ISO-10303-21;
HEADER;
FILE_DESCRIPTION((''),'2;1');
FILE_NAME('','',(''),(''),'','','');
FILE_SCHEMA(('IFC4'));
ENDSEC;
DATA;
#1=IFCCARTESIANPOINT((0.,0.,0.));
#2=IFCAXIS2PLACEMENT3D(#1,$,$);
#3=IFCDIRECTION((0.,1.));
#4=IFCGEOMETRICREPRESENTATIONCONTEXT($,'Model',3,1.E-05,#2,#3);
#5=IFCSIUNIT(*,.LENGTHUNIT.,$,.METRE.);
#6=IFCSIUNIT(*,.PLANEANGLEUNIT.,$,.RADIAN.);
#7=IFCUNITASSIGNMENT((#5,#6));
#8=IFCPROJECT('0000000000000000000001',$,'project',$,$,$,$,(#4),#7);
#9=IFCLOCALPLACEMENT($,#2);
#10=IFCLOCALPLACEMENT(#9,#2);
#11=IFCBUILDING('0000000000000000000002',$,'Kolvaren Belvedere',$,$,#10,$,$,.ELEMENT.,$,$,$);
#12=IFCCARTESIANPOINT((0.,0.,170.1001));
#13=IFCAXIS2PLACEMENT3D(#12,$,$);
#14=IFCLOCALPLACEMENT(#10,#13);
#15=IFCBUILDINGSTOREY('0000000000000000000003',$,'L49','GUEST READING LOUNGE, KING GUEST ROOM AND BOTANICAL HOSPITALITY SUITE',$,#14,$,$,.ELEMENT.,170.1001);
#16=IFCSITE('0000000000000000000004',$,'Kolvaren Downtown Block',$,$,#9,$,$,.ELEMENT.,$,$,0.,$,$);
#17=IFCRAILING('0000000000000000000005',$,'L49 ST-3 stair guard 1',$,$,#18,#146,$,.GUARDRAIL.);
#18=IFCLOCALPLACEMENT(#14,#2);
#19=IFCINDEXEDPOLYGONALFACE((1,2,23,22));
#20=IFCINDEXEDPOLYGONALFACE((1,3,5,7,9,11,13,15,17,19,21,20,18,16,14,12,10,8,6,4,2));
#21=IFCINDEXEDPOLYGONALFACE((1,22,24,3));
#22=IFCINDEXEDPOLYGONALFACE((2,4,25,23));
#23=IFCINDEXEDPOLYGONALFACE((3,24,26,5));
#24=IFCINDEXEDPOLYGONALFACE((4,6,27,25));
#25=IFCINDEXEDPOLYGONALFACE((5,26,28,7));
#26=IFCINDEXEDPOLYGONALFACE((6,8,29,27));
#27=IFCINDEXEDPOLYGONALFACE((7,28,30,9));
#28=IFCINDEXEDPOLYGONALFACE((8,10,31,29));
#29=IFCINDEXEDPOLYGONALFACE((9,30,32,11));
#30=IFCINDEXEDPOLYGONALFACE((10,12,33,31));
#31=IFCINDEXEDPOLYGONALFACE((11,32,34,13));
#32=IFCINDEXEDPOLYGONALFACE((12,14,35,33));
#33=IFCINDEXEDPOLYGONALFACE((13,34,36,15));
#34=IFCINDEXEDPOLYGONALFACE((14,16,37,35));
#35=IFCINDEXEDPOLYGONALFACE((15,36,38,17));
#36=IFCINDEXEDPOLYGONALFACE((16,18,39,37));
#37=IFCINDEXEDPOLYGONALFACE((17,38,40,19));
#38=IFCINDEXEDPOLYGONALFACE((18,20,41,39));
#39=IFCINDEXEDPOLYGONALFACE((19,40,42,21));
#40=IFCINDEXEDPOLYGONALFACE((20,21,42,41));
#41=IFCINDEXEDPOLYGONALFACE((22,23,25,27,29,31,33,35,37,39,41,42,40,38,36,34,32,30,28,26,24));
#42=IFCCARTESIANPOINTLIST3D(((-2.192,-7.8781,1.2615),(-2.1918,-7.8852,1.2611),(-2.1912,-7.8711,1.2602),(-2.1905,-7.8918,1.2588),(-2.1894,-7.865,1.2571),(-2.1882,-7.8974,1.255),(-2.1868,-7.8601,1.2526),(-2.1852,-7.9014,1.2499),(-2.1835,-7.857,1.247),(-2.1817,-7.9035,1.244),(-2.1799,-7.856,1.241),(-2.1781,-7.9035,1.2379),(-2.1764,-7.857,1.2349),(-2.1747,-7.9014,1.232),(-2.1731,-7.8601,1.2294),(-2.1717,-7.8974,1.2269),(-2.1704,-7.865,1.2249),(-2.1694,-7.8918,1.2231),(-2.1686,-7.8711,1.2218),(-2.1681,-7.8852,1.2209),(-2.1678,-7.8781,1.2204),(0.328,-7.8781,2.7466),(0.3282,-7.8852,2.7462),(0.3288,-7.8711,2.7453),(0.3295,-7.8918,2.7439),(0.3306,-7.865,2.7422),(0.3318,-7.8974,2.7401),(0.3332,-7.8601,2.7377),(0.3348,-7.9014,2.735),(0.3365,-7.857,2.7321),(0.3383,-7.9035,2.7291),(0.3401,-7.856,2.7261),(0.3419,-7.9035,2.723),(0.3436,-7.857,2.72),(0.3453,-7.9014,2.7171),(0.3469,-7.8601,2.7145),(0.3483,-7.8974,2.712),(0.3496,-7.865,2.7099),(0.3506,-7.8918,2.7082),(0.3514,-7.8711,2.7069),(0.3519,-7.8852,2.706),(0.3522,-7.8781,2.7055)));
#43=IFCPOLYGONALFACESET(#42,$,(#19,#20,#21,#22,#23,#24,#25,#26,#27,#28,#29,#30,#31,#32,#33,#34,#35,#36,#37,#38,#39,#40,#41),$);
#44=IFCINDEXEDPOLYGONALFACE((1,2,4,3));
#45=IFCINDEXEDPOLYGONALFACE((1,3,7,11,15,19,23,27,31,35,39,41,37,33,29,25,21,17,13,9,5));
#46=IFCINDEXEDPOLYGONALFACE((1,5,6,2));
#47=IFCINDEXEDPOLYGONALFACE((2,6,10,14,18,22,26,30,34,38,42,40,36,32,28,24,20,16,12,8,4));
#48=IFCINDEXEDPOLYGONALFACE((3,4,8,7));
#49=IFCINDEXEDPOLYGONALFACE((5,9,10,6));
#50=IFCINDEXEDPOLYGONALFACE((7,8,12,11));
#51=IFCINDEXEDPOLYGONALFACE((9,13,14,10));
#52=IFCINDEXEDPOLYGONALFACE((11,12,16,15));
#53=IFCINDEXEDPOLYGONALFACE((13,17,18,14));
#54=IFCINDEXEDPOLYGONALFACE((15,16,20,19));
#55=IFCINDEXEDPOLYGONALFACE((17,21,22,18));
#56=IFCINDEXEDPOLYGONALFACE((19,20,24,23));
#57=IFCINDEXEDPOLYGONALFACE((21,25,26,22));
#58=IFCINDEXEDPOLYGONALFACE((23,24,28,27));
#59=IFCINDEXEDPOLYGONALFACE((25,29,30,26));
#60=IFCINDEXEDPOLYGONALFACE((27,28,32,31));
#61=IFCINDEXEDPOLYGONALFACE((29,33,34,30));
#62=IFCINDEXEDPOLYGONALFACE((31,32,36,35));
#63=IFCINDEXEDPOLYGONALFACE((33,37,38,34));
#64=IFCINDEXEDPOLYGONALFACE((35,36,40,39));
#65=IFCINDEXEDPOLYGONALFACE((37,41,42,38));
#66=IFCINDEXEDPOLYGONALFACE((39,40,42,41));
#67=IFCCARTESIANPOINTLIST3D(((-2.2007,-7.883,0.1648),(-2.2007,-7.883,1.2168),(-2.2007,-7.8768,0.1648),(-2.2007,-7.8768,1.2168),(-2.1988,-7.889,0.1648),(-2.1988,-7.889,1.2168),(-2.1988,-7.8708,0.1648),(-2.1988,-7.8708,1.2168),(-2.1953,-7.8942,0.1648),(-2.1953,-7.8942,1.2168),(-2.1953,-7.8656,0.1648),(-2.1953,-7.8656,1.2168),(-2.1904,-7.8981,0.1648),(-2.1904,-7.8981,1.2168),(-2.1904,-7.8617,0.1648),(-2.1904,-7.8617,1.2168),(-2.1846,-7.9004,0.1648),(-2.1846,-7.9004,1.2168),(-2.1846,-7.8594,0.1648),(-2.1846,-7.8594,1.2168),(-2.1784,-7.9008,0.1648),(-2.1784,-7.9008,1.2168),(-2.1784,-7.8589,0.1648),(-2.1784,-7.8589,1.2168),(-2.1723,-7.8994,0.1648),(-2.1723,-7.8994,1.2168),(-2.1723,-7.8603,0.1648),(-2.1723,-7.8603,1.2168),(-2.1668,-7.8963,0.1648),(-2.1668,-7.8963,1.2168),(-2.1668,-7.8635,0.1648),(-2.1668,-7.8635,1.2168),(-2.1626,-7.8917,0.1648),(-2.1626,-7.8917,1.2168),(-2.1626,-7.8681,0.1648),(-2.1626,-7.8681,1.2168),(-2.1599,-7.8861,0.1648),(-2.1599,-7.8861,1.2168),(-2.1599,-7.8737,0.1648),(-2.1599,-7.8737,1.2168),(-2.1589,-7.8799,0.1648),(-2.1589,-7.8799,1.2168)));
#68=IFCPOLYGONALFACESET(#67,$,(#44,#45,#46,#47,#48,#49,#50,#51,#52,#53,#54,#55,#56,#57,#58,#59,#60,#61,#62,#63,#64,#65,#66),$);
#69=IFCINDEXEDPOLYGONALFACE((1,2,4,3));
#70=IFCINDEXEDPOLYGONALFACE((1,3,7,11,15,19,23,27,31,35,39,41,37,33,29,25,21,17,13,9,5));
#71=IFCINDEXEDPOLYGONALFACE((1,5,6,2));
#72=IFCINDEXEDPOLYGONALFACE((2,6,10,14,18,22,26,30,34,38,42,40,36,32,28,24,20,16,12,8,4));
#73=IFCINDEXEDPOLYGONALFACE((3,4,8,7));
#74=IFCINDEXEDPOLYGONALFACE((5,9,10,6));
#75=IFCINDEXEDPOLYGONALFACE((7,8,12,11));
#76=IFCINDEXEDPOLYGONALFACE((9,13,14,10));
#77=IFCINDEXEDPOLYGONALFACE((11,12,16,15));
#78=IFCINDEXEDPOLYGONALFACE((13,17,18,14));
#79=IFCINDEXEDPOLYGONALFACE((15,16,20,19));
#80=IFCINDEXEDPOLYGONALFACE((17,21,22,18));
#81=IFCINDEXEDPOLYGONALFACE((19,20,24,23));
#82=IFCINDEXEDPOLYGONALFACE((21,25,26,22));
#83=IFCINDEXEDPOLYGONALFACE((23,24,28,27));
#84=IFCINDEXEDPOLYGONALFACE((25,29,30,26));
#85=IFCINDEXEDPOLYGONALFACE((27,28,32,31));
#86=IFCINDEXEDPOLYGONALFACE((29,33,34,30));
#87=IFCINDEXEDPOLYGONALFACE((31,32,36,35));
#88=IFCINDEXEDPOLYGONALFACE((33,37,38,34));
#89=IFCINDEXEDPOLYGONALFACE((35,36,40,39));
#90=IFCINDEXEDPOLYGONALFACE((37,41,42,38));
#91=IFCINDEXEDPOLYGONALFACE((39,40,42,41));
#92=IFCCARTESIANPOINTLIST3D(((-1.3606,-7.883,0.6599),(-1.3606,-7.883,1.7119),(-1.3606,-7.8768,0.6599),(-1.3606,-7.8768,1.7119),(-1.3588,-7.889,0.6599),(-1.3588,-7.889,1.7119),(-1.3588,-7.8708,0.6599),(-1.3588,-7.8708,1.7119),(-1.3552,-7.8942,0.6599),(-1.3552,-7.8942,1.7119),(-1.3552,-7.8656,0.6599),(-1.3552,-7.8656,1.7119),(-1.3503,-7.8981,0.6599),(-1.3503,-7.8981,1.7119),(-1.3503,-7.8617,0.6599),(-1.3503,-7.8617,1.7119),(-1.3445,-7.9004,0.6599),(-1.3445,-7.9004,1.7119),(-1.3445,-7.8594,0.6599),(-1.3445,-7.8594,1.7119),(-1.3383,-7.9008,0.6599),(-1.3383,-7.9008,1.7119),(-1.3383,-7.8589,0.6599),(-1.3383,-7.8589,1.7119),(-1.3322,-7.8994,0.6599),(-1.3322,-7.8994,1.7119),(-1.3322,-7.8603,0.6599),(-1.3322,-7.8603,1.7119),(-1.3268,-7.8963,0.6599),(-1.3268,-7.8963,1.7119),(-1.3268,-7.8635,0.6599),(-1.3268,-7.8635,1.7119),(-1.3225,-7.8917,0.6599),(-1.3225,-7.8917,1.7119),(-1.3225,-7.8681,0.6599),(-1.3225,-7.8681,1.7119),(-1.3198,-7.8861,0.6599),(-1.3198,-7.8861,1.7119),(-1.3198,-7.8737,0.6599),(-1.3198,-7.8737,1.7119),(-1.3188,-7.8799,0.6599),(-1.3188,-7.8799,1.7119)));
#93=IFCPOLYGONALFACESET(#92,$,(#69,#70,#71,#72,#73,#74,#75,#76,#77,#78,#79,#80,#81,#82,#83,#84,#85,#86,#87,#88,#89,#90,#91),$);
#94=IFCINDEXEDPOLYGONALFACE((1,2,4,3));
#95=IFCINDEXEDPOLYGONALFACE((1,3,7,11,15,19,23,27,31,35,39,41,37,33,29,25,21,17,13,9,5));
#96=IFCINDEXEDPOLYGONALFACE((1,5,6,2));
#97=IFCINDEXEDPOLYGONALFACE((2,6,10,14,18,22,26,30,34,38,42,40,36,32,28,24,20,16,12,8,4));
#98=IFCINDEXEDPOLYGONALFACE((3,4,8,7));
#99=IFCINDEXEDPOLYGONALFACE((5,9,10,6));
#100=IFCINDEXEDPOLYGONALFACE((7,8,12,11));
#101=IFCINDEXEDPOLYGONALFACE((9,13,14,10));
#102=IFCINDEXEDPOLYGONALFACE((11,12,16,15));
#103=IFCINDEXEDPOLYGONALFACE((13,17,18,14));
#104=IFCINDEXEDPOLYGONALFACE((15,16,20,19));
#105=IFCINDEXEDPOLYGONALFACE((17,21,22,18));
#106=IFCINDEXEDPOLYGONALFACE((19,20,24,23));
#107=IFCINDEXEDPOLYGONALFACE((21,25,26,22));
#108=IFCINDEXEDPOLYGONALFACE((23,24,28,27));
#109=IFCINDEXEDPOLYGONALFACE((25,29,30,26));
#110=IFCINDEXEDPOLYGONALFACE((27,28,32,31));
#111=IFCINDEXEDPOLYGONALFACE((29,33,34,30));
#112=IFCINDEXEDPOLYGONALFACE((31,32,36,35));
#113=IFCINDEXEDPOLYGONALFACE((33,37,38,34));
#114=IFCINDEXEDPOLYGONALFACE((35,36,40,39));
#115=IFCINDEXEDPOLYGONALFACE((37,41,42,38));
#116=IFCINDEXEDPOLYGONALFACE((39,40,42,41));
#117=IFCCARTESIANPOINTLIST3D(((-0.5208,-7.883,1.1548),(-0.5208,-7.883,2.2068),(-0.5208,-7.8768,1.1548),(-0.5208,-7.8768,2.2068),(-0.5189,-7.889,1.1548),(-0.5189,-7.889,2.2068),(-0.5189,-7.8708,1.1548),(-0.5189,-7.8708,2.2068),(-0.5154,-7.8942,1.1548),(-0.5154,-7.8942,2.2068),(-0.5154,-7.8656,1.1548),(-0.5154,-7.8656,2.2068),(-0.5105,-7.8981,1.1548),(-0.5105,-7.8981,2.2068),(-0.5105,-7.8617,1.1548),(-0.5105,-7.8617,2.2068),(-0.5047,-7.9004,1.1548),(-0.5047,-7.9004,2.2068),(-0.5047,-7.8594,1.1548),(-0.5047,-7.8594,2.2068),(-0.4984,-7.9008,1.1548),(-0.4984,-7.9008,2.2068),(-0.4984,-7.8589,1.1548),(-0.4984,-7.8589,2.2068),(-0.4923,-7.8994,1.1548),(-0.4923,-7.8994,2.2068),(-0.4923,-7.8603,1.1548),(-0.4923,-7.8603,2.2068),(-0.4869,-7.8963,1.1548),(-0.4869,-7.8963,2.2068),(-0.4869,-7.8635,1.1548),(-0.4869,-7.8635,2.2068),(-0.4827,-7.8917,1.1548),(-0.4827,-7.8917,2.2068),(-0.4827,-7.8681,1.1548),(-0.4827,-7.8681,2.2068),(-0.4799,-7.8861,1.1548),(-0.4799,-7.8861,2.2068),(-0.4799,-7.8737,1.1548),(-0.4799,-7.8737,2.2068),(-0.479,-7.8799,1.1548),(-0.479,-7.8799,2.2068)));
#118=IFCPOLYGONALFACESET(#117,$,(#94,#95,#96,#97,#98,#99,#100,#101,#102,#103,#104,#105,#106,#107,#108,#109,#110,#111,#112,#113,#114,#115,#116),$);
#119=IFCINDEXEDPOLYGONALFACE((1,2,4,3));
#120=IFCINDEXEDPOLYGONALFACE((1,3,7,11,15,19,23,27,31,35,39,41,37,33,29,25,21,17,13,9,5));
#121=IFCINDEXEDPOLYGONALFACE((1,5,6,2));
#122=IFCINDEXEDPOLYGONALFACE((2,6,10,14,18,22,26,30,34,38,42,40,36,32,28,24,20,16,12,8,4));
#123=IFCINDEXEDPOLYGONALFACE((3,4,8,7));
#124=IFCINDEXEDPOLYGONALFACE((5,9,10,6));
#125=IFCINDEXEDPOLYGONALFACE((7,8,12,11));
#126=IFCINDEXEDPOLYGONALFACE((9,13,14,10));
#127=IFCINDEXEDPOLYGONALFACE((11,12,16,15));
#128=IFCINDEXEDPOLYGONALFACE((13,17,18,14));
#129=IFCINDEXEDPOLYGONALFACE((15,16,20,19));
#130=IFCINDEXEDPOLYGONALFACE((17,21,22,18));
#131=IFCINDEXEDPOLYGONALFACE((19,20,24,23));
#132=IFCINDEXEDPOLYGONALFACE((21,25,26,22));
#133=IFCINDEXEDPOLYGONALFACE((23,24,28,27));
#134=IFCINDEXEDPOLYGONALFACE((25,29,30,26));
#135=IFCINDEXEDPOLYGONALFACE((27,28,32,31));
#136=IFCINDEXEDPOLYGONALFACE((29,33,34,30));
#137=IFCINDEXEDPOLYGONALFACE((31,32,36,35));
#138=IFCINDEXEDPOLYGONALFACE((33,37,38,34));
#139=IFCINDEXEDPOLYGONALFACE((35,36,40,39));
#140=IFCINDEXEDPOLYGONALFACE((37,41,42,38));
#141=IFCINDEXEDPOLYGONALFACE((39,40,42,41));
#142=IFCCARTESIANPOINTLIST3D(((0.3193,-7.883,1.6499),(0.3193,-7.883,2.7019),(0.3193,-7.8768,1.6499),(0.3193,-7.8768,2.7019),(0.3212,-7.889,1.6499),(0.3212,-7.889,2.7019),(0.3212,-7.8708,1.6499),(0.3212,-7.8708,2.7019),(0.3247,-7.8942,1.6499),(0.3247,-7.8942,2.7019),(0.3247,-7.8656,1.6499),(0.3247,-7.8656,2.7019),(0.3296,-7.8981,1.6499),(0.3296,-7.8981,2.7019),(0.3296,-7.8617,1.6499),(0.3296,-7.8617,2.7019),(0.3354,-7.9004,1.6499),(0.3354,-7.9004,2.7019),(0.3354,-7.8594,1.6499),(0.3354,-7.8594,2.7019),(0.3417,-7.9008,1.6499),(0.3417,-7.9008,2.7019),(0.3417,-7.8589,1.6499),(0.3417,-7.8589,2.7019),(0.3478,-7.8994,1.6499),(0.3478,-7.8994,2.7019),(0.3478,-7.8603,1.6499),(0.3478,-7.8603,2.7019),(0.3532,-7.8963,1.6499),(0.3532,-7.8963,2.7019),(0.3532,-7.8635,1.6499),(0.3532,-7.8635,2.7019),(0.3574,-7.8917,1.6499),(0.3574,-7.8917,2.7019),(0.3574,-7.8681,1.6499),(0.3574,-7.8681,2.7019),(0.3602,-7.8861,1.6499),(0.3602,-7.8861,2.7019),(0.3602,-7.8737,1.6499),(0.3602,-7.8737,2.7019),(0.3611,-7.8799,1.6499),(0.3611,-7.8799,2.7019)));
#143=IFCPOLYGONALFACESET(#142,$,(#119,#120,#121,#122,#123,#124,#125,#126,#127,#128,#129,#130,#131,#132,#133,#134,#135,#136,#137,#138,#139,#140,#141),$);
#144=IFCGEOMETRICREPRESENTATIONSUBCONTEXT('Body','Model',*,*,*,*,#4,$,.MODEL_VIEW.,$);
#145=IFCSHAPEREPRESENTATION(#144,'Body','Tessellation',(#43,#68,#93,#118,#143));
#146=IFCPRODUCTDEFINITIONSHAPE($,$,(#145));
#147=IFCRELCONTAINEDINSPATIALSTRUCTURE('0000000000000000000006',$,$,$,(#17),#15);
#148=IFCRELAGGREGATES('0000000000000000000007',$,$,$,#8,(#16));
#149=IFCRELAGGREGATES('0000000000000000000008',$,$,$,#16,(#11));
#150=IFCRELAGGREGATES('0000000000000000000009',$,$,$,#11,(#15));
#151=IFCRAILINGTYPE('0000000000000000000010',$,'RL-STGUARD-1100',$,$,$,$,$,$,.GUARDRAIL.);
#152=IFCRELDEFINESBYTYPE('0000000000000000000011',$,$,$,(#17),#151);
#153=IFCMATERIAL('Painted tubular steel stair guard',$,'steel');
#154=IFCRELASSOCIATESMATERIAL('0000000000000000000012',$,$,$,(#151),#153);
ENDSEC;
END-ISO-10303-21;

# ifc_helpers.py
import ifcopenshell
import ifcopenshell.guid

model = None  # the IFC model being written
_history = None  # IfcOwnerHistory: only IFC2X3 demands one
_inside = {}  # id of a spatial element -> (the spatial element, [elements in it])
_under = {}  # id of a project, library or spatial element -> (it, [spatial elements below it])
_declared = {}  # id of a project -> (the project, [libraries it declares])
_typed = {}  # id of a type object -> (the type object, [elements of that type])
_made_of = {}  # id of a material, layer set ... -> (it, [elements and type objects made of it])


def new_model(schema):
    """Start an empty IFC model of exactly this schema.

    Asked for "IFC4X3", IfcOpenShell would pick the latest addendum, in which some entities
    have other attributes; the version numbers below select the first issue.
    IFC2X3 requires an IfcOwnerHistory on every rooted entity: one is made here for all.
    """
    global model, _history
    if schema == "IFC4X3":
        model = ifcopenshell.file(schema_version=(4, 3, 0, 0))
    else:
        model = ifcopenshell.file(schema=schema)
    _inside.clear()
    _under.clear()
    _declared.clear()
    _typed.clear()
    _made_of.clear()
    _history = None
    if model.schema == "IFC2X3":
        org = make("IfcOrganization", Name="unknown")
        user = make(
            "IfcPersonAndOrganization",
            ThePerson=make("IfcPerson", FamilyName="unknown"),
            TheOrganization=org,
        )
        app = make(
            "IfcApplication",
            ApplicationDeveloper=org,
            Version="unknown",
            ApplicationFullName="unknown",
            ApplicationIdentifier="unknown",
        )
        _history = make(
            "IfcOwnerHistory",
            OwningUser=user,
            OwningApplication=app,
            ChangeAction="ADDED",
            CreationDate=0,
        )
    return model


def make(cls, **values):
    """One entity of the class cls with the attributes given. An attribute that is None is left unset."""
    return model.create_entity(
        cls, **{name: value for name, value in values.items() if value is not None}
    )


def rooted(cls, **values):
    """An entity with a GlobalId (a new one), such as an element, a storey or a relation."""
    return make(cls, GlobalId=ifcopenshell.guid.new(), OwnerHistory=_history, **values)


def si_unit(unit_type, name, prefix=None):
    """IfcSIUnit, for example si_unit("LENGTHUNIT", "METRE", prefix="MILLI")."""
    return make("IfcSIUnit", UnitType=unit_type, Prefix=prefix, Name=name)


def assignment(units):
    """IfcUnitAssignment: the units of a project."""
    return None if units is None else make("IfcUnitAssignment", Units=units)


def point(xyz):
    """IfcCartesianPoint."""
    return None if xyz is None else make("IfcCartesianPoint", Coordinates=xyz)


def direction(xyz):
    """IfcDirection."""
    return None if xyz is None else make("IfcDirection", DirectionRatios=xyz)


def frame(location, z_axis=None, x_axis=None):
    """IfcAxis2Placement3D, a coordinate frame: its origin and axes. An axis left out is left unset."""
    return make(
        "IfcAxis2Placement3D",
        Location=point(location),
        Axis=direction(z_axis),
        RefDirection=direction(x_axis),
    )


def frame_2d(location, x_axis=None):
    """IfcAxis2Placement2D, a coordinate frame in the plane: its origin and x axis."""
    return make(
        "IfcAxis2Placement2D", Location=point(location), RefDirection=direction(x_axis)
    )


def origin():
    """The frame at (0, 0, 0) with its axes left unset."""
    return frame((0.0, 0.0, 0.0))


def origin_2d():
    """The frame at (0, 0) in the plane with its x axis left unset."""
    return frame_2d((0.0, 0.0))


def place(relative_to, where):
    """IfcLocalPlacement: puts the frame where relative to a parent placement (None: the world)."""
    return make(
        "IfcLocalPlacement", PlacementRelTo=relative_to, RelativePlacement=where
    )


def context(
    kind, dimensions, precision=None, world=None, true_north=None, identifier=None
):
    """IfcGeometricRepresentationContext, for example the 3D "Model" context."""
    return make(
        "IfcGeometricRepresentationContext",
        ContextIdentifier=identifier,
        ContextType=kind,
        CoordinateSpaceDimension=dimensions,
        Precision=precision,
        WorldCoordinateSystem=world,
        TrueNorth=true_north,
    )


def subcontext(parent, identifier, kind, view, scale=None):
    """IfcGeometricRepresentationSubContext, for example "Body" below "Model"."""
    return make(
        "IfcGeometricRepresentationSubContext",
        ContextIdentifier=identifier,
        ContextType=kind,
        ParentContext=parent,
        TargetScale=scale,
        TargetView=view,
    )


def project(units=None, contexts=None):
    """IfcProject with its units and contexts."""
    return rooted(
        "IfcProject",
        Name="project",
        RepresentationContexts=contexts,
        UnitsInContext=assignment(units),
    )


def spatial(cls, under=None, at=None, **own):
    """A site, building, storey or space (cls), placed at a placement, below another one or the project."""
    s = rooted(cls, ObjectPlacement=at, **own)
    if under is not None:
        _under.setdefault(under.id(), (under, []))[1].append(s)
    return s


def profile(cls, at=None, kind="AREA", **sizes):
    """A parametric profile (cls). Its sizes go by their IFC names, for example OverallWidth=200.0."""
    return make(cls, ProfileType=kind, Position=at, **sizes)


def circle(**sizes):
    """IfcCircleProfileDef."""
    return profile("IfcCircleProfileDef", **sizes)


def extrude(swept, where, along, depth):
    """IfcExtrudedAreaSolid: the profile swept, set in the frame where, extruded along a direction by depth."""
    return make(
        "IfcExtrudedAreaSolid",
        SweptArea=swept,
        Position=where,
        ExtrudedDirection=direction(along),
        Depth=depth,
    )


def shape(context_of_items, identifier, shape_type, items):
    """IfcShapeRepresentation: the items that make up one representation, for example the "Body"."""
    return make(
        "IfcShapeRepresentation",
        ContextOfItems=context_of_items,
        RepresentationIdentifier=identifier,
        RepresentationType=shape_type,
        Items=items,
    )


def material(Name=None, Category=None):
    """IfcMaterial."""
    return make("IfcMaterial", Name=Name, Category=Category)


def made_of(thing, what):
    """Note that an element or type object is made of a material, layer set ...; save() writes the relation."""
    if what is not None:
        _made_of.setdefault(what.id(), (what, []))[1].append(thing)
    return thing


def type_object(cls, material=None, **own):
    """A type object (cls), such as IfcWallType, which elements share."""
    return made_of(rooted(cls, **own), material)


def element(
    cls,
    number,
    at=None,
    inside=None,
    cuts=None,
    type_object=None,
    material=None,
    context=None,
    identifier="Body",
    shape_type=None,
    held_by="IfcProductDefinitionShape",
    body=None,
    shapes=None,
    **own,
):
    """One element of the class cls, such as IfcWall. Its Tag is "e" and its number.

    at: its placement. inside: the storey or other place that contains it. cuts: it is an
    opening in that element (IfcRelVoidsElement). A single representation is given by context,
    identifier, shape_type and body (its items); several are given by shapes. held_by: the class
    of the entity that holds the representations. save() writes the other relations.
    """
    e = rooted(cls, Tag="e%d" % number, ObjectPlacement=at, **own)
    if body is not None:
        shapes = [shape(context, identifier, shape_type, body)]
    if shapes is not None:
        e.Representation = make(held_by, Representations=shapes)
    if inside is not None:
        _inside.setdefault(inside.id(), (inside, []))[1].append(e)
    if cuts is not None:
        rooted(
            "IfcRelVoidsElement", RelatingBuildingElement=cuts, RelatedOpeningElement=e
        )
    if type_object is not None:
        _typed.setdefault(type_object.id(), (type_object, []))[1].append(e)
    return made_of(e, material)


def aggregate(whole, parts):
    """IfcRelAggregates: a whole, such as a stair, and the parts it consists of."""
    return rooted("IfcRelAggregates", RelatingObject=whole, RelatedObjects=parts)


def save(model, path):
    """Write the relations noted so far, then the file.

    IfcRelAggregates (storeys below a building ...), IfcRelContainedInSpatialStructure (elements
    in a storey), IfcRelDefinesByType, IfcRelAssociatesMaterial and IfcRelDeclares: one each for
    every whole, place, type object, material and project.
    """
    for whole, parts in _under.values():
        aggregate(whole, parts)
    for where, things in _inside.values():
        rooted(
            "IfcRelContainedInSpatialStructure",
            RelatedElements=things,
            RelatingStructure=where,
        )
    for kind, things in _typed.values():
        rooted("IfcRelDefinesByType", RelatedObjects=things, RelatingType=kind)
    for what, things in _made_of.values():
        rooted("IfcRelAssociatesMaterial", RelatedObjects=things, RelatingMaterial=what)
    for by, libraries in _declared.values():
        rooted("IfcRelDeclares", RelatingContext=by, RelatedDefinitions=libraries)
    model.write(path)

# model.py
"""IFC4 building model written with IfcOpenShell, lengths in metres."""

from ifc_helpers import new_model, si_unit, direction, frame, origin, origin_2d, place, context, subcontext, project, spatial, circle, extrude, material, type_object, element, save


model = new_model("IFC4")

# Units and contexts
model_context = context("Model", 3, precision=1e-05, world=origin(), true_north=direction((0.0, 1.0)))
body_context = subcontext(model_context, "Body", "Model", "MODEL_VIEW")
ifc_project = project(units=[si_unit("LENGTHUNIT", "METRE"), si_unit("PLANEANGLEUNIT", "RADIAN")], contexts=[model_context])

# Site, building, storey
site_placement = place(None, origin())
site = spatial("IfcSite", under=ifc_project, at=site_placement, Name="Kolvaren Downtown Block", CompositionType="ELEMENT", RefElevation=0.0)
building_placement = place(site_placement, origin())
building = spatial("IfcBuilding", under=site, at=building_placement, Name="Kolvaren Belvedere", CompositionType="ELEMENT")
storey_placement = place(building_placement, frame((0.0, 0.0, 170.1001)))
storey = spatial("IfcBuildingStorey", under=building, at=storey_placement, Name="L49", Description="GUEST READING LOUNGE, KING GUEST ROOM AND BOTANICAL HOSPITALITY SUITE", CompositionType="ELEMENT", Elevation=170.1001)

# Railing
ifc_material_1 = material(Name="Painted tubular steel stair guard", Category="steel")
railing_type_1 = type_object("IfcRailingType", Name="RL-STGUARD-1100", PredefinedType="GUARDRAIL", material=ifc_material_1)
railing_1_placement = place(storey_placement, frame((-2.1799, -7.8799, 0.1648)))
element("IfcRailing", 1, at=railing_1_placement, inside=storey, type_object=railing_type_1, Name="L49 ST-3 stair guard 1", PredefinedType="GUARDRAIL", context=body_context, shape_type="SweptSolid", body=[
    extrude(circle(Radius=0.0239, at=origin_2d()), frame((0.0, 0.0, 1.0762), z_axis=(0.861524, 0.0, 0.507717), x_axis=(0.0, 1.0, 0.0)), (0.0, 0.0, 1.0), 2.925),
    extrude(circle(Radius=0.021, at=origin_2d()), origin(), (0.0, 0.0, 1.0), 1.052),
    extrude(circle(Radius=0.021, at=origin_2d()), frame((0.8401, 0.0, 0.4951)), (0.0, 0.0, 1.0), 1.052),
    extrude(circle(Radius=0.021, at=origin_2d()), frame((1.6799, 0.0, 0.99)), (0.0, 0.0, 1.0), 1.052),
    extrude(circle(Radius=0.021, at=origin_2d()), frame((2.52, 0.0, 1.4851)), (0.0, 0.0, 1.0), 1.052),
])

save(model, "model.ifc")
